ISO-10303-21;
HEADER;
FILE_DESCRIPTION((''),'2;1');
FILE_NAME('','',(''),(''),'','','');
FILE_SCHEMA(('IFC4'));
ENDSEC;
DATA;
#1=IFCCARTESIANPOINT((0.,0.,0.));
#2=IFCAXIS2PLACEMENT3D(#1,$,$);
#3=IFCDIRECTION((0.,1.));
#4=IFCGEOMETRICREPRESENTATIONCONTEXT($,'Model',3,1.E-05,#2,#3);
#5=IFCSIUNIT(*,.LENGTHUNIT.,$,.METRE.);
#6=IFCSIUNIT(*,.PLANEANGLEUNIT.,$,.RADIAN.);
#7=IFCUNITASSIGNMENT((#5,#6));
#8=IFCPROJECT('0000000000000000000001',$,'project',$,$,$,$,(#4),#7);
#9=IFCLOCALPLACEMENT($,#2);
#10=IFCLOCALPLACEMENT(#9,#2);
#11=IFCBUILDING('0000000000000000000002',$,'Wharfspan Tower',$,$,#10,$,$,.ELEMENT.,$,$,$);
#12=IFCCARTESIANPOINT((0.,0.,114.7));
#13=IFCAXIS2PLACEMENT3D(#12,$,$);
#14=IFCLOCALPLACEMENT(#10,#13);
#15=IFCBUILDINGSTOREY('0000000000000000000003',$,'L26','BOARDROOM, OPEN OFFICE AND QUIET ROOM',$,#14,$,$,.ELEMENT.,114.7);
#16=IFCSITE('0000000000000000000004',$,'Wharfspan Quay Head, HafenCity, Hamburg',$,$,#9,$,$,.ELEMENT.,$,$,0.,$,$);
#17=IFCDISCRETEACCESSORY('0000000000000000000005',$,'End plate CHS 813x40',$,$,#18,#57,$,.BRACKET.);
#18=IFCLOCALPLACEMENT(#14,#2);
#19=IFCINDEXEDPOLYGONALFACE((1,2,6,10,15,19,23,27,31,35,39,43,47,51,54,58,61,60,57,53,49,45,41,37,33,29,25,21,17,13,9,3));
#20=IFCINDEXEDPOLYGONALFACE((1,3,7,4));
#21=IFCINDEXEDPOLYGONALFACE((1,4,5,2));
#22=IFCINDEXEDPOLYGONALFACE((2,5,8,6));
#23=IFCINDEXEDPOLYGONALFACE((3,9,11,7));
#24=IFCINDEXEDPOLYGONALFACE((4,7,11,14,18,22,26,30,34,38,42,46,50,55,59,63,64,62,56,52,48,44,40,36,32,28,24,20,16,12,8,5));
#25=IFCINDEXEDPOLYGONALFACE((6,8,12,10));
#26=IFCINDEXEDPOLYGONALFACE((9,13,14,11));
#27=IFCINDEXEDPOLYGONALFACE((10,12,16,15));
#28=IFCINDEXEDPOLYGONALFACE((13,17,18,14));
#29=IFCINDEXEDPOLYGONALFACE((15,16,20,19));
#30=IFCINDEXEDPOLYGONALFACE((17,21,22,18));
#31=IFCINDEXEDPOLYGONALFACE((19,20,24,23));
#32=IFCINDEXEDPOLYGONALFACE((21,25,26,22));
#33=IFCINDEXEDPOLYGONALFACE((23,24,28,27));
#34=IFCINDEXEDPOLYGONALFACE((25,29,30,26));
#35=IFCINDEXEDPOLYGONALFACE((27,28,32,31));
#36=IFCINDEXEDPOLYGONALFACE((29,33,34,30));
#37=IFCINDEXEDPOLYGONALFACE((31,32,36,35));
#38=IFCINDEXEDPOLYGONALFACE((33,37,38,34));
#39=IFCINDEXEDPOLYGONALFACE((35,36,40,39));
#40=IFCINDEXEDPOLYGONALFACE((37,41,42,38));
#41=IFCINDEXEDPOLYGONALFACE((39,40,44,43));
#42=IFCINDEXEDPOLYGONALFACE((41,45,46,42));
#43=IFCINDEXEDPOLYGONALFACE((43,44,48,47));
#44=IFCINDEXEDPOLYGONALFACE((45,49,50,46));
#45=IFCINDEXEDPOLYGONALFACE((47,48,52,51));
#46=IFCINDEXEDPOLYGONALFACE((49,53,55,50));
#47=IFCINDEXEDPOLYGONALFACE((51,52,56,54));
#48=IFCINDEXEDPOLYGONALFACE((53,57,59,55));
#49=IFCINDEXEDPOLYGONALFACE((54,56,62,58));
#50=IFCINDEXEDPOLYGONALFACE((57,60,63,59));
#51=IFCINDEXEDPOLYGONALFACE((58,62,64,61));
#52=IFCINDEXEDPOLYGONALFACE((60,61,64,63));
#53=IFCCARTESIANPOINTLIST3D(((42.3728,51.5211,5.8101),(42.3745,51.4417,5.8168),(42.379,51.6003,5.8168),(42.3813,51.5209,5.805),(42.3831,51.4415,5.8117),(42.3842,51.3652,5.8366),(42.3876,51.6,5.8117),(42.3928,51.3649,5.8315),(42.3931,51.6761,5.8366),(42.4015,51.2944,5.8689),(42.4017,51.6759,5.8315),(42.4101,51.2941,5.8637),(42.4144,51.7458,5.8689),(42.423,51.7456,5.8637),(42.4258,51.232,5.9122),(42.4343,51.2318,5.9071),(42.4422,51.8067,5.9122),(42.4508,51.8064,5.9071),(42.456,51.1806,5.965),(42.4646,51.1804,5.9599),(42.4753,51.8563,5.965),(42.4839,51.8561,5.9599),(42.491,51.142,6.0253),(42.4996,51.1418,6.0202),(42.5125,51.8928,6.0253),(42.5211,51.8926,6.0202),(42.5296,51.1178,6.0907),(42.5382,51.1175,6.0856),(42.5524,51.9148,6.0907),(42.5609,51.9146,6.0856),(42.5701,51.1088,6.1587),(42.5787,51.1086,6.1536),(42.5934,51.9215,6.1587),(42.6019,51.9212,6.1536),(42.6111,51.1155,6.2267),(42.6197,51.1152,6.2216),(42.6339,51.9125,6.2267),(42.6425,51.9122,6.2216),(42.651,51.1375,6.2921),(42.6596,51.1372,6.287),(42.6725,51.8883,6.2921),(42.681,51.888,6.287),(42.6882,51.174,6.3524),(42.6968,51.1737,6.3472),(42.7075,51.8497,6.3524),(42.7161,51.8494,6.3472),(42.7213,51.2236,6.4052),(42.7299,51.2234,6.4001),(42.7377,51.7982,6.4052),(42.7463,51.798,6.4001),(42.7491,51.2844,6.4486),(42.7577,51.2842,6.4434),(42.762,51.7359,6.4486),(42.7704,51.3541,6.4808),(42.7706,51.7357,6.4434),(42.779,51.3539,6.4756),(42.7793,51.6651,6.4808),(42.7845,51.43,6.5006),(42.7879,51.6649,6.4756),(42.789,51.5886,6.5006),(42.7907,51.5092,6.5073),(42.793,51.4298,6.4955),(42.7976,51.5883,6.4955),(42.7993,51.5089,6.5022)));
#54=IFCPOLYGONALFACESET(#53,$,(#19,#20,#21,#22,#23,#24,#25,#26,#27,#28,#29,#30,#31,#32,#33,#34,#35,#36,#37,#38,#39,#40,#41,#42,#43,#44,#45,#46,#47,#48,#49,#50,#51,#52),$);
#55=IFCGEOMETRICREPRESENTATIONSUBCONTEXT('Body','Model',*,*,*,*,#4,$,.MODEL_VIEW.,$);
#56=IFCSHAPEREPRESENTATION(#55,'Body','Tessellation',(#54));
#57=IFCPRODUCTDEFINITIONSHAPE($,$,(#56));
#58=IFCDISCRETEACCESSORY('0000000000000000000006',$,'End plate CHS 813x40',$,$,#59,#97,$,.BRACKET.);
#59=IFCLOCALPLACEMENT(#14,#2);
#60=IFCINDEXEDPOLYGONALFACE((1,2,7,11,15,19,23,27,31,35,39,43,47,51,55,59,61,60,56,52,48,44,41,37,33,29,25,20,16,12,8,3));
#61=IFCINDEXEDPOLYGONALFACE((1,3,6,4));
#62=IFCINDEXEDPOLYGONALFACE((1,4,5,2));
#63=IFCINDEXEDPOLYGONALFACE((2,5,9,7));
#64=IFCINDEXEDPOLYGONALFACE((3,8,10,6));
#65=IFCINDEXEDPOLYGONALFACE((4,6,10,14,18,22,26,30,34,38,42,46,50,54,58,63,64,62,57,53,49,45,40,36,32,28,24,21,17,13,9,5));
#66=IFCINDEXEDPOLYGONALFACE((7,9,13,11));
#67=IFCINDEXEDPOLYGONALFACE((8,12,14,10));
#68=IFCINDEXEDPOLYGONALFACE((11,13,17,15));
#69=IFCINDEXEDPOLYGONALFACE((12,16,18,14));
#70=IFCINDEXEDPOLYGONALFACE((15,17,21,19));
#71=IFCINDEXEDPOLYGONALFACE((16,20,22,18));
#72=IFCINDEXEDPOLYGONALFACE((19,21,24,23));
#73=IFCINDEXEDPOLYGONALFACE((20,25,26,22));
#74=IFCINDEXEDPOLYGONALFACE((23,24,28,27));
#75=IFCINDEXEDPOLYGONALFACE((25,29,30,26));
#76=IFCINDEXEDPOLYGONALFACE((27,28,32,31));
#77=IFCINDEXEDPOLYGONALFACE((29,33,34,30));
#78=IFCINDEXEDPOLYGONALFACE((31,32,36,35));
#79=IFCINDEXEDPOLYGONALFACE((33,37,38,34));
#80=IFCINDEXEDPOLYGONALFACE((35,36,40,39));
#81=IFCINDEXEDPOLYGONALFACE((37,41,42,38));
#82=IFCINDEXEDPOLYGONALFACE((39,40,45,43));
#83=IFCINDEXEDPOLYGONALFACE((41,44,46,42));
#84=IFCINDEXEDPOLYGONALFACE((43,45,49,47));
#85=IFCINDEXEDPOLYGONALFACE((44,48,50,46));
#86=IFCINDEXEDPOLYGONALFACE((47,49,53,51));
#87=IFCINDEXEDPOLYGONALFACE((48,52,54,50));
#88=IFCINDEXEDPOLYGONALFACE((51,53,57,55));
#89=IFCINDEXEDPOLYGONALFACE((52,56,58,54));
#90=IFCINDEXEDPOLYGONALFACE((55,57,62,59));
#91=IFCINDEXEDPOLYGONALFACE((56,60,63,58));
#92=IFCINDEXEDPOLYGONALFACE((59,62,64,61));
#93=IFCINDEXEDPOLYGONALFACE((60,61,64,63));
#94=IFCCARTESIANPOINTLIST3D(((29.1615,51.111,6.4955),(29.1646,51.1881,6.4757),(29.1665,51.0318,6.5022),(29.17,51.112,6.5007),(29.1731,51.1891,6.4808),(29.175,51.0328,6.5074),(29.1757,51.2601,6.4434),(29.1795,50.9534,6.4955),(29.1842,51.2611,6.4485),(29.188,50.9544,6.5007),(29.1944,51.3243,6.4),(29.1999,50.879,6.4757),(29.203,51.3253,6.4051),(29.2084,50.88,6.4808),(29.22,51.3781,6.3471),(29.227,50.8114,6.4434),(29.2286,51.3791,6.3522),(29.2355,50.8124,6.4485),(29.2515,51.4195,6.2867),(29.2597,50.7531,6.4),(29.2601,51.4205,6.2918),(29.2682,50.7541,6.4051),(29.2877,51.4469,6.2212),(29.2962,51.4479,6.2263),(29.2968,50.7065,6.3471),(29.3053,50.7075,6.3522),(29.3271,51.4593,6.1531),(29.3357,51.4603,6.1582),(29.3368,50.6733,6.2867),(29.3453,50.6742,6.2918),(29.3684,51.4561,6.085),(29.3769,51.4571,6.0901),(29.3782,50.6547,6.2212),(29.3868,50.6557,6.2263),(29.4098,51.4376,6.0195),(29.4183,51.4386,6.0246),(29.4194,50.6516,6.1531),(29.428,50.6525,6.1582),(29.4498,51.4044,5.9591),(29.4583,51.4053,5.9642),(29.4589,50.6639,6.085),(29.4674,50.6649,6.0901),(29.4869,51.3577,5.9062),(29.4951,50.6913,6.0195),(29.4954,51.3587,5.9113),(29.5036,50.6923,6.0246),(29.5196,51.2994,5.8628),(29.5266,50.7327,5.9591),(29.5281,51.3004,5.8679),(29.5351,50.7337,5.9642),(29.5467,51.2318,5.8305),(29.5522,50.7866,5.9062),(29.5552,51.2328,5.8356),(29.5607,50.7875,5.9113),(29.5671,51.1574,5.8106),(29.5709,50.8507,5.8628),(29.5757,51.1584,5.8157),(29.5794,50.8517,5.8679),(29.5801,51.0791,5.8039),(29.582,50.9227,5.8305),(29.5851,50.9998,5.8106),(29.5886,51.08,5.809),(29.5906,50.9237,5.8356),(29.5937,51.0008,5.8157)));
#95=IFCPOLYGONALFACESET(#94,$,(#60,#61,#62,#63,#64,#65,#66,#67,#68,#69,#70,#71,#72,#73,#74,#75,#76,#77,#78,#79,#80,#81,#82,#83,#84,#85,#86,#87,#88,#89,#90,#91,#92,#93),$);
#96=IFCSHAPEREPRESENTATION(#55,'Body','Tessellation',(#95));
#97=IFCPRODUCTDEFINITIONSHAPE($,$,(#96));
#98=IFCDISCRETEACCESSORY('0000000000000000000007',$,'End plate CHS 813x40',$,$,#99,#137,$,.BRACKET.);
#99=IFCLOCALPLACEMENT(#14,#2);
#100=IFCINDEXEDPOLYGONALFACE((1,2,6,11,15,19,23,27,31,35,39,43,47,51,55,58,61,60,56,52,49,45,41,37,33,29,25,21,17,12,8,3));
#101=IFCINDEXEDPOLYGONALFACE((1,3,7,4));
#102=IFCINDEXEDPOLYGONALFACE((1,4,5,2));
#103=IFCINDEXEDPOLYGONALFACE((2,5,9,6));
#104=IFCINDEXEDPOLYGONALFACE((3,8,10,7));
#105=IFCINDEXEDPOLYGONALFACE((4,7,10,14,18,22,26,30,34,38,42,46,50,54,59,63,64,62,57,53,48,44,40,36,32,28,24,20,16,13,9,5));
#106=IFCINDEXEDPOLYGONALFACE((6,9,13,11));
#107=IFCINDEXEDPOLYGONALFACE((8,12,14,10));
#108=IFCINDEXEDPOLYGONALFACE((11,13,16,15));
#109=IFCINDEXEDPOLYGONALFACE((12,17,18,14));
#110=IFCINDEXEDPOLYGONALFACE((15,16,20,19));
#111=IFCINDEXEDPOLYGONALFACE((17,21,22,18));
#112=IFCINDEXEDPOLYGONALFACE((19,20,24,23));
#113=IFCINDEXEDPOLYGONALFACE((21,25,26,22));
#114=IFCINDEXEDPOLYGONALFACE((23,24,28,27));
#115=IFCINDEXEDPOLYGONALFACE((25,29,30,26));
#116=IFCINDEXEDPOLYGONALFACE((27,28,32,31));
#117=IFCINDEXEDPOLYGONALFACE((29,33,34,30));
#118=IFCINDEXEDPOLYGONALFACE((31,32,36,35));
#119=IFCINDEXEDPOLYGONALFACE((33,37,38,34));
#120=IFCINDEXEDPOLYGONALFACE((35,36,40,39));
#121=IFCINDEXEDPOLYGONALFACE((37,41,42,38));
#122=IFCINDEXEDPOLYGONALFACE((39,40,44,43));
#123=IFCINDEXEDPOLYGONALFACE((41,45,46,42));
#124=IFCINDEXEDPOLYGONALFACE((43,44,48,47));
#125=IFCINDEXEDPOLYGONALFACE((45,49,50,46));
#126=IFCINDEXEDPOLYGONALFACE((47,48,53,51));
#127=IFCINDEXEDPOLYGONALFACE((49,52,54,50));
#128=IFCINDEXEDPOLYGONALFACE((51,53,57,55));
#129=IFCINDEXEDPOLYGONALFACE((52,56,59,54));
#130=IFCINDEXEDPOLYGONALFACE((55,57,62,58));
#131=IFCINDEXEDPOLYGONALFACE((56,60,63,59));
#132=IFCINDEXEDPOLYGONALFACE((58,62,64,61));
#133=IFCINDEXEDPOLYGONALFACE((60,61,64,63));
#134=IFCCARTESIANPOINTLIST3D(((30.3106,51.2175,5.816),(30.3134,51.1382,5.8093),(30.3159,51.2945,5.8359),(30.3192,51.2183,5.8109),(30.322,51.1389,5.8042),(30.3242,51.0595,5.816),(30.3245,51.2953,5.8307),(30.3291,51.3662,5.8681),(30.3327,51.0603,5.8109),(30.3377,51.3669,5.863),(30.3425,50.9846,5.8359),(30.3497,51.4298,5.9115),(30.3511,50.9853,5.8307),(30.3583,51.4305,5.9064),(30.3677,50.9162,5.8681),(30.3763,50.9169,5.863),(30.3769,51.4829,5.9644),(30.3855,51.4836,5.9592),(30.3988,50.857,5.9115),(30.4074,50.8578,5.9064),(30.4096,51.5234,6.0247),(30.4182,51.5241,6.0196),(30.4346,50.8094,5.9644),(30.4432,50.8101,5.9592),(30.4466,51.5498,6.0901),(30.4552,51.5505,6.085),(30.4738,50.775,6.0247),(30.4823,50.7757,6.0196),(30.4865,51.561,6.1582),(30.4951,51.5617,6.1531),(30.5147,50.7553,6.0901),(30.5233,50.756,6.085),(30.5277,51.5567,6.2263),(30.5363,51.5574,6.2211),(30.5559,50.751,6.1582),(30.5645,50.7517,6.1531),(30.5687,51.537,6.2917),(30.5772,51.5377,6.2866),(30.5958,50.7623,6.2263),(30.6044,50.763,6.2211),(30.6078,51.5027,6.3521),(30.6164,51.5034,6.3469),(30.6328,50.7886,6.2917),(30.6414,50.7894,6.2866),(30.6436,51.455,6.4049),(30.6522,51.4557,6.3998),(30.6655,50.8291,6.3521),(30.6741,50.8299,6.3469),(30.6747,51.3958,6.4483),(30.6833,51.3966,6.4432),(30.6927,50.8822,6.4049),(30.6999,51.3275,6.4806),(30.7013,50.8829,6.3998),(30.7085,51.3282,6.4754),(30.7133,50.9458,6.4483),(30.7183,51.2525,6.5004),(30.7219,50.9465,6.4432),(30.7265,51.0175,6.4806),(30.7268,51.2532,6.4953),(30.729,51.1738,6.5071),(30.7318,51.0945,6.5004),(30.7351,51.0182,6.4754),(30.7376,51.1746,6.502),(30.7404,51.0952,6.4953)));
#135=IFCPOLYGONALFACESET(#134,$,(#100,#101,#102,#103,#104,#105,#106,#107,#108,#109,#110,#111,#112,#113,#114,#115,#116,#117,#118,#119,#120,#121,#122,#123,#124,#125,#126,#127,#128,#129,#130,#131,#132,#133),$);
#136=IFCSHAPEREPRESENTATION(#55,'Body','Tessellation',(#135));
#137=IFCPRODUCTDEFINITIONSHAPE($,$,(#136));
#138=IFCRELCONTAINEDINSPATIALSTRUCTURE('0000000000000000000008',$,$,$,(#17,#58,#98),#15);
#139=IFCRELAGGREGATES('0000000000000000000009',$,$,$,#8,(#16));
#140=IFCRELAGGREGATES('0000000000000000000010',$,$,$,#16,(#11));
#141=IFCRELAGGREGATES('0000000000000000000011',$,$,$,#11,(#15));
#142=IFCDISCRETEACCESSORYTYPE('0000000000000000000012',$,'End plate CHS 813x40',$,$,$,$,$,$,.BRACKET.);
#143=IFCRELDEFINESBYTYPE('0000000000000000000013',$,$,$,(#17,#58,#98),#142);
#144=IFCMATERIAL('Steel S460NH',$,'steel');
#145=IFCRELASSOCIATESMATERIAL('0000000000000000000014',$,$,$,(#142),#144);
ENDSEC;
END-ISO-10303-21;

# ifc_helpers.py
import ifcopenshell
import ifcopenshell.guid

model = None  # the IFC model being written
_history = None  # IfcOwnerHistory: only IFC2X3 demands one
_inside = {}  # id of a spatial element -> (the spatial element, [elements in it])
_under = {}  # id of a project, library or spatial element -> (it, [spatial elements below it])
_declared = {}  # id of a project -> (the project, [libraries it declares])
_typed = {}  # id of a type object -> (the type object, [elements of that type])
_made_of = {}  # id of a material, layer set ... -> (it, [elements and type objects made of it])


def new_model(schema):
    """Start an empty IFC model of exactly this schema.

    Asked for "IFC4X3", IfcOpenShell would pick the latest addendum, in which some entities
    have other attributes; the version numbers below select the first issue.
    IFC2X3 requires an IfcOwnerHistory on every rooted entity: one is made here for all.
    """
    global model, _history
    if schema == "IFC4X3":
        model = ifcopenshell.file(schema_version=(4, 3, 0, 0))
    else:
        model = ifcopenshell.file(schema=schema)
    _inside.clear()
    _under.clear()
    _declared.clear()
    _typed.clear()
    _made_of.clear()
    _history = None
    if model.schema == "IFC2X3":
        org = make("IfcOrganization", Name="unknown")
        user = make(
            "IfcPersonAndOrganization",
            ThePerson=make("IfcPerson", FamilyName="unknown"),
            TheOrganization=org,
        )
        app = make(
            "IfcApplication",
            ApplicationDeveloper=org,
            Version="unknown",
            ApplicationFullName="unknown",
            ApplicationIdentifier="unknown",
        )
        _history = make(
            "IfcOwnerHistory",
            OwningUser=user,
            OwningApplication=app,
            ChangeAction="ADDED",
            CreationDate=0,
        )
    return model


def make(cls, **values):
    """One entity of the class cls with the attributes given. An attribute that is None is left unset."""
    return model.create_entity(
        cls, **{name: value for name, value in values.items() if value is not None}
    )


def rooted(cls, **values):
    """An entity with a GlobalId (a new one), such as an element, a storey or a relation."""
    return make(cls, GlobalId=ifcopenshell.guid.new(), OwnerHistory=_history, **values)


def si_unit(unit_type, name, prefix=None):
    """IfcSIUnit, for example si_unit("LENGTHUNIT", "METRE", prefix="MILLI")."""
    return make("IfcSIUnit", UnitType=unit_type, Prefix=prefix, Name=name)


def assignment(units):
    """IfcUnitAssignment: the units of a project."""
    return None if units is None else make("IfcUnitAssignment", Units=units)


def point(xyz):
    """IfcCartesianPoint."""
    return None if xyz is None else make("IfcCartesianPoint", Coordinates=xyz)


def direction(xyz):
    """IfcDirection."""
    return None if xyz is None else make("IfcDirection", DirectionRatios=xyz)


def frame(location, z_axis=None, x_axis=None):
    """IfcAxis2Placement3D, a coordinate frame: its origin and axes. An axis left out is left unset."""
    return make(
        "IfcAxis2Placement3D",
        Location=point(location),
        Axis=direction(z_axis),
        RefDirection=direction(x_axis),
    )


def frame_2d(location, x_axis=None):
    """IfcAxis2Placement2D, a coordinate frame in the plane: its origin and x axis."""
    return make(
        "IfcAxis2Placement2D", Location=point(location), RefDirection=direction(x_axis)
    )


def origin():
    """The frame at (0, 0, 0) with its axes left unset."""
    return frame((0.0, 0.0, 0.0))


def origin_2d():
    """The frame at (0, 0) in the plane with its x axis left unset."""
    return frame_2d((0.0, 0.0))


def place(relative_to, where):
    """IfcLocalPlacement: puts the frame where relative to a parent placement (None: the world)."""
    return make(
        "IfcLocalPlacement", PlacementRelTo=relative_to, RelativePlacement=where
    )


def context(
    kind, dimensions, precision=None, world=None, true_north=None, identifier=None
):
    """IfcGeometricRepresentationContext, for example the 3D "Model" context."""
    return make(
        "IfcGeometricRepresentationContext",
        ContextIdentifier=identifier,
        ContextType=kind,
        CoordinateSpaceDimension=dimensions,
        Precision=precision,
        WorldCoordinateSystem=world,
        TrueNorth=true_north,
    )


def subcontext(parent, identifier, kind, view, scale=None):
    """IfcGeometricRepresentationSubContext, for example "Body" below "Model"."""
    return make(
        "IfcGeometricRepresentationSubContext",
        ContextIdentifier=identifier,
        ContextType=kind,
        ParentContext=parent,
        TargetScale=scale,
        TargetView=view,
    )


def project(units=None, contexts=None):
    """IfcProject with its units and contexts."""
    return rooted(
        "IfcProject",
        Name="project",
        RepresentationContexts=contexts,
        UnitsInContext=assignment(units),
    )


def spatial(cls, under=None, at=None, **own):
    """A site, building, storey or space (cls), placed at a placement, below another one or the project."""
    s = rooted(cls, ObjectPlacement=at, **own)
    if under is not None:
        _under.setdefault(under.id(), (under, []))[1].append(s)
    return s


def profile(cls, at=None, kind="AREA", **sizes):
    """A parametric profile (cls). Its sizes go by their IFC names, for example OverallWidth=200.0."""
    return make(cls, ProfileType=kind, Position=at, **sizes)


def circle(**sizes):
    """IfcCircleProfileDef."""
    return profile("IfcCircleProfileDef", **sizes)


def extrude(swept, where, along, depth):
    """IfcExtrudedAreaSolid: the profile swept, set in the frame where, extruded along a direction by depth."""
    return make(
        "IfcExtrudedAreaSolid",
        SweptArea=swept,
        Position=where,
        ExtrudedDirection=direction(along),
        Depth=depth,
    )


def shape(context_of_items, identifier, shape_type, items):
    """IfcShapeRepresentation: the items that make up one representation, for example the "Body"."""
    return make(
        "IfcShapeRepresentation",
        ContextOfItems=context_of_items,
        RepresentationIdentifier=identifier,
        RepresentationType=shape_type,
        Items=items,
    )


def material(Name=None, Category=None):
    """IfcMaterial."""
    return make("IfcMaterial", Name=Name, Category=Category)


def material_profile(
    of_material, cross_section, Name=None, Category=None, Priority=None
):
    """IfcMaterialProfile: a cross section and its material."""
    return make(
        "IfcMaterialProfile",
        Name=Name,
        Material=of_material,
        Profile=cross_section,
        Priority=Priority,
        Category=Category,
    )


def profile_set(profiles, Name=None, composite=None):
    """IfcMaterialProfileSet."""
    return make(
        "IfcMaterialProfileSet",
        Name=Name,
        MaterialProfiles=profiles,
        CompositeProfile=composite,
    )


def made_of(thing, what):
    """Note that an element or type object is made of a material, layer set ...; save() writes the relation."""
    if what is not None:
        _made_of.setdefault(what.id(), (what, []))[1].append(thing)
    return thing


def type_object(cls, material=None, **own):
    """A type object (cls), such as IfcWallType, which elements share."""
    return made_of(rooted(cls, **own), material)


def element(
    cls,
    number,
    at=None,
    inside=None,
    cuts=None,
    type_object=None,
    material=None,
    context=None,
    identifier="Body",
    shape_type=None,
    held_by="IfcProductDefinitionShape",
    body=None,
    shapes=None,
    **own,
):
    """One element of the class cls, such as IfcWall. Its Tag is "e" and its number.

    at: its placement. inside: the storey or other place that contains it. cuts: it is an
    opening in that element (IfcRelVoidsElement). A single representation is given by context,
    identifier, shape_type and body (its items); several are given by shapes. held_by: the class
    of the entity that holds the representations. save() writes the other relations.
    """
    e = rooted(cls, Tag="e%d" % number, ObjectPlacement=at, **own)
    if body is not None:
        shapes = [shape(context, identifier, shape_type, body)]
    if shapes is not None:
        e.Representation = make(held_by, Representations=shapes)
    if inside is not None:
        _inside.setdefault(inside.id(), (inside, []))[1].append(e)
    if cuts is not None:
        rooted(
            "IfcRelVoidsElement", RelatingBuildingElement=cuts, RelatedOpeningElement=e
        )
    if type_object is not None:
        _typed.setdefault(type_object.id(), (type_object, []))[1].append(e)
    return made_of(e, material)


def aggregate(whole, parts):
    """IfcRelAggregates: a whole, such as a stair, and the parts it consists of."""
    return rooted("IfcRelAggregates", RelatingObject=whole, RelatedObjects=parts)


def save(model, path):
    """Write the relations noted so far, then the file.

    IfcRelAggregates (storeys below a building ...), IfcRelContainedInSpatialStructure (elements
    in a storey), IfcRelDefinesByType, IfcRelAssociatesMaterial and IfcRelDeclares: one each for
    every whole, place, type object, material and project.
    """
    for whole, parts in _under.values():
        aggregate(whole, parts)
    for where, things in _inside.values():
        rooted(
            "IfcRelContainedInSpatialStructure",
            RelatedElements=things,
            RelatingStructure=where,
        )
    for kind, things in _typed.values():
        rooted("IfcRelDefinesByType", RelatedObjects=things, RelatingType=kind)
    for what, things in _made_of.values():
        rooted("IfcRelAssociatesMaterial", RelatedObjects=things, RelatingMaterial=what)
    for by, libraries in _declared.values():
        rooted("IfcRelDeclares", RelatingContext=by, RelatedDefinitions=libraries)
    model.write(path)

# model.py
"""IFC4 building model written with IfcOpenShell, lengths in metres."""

from ifc_helpers import new_model, si_unit, direction, frame, origin, origin_2d, place, context, subcontext, project, spatial, circle, extrude, material, material_profile, profile_set, type_object, element, save


model = new_model("IFC4")

# Units and contexts
model_context = context("Model", 3, precision=1e-05, world=origin(), true_north=direction((0.0, 1.0)))
body_context = subcontext(model_context, "Body", "Model", "MODEL_VIEW")
ifc_project = project(units=[si_unit("LENGTHUNIT", "METRE"), si_unit("PLANEANGLEUNIT", "RADIAN")], contexts=[model_context])

# Site, building, storey
site_placement = place(None, origin())
site = spatial("IfcSite", under=ifc_project, at=site_placement, Name="Wharfspan Quay Head, HafenCity, Hamburg", CompositionType="ELEMENT", RefElevation=0.0)
building_placement = place(site_placement, origin())
building = spatial("IfcBuilding", under=site, at=building_placement, Name="Wharfspan Tower", CompositionType="ELEMENT")
storey_placement = place(building_placement, frame((0.0, 0.0, 114.7)))
storey = spatial("IfcBuildingStorey", under=building, at=storey_placement, Name="L26", Description="BOARDROOM, OPEN OFFICE AND QUIET ROOM", CompositionType="ELEMENT", Elevation=114.7)

# Shared definitions
ifc_material_1 = material(Name="Steel S460NH", Category="steel")

# Discrete accessories
ifc_material_profile_1 = material_profile(ifc_material_1, circle(Radius=0.4065, at=origin_2d()))
ifc_profile_set_1 = profile_set([ifc_material_profile_1], Name="Steel S460NH")
discrete_accessory_type = type_object("IfcDiscreteAccessoryType", Name="End plate CHS 813x40", PredefinedType="BRACKET", material=ifc_profile_set_1)
for number, where, z_axis, x_axis, name in (
    (1, (42.5903, 51.5149, 6.1536), (-0.857236, 0.024492, 0.514341), (-0.028558, -0.999591, 0.000002), "End plate CHS 813x40"),
    (2, (29.3733, 51.0554, 6.1531), (0.853405, 0.097532, 0.512043), (-0.113547, 0.993531, 0.000001), "End plate CHS 813x40"),
    (3, (30.5298, 51.1567, 6.1531), (-0.855186, -0.073302, 0.513112), (0.085402, -0.996345, 0.000001), "End plate CHS 813x40"),
):
    element("IfcDiscreteAccessory", number, at=place(storey_placement, frame(where, z_axis=z_axis, x_axis=x_axis)), inside=storey, type_object=discrete_accessory_type, Name=name, PredefinedType="BRACKET", context=body_context, shape_type="SweptSolid", body=[
        extrude(circle(Radius=0.4065, at=origin_2d()), origin(), (0.0, 0.0, 1.0), 0.01),
    ])

save(model, "model.ifc")
